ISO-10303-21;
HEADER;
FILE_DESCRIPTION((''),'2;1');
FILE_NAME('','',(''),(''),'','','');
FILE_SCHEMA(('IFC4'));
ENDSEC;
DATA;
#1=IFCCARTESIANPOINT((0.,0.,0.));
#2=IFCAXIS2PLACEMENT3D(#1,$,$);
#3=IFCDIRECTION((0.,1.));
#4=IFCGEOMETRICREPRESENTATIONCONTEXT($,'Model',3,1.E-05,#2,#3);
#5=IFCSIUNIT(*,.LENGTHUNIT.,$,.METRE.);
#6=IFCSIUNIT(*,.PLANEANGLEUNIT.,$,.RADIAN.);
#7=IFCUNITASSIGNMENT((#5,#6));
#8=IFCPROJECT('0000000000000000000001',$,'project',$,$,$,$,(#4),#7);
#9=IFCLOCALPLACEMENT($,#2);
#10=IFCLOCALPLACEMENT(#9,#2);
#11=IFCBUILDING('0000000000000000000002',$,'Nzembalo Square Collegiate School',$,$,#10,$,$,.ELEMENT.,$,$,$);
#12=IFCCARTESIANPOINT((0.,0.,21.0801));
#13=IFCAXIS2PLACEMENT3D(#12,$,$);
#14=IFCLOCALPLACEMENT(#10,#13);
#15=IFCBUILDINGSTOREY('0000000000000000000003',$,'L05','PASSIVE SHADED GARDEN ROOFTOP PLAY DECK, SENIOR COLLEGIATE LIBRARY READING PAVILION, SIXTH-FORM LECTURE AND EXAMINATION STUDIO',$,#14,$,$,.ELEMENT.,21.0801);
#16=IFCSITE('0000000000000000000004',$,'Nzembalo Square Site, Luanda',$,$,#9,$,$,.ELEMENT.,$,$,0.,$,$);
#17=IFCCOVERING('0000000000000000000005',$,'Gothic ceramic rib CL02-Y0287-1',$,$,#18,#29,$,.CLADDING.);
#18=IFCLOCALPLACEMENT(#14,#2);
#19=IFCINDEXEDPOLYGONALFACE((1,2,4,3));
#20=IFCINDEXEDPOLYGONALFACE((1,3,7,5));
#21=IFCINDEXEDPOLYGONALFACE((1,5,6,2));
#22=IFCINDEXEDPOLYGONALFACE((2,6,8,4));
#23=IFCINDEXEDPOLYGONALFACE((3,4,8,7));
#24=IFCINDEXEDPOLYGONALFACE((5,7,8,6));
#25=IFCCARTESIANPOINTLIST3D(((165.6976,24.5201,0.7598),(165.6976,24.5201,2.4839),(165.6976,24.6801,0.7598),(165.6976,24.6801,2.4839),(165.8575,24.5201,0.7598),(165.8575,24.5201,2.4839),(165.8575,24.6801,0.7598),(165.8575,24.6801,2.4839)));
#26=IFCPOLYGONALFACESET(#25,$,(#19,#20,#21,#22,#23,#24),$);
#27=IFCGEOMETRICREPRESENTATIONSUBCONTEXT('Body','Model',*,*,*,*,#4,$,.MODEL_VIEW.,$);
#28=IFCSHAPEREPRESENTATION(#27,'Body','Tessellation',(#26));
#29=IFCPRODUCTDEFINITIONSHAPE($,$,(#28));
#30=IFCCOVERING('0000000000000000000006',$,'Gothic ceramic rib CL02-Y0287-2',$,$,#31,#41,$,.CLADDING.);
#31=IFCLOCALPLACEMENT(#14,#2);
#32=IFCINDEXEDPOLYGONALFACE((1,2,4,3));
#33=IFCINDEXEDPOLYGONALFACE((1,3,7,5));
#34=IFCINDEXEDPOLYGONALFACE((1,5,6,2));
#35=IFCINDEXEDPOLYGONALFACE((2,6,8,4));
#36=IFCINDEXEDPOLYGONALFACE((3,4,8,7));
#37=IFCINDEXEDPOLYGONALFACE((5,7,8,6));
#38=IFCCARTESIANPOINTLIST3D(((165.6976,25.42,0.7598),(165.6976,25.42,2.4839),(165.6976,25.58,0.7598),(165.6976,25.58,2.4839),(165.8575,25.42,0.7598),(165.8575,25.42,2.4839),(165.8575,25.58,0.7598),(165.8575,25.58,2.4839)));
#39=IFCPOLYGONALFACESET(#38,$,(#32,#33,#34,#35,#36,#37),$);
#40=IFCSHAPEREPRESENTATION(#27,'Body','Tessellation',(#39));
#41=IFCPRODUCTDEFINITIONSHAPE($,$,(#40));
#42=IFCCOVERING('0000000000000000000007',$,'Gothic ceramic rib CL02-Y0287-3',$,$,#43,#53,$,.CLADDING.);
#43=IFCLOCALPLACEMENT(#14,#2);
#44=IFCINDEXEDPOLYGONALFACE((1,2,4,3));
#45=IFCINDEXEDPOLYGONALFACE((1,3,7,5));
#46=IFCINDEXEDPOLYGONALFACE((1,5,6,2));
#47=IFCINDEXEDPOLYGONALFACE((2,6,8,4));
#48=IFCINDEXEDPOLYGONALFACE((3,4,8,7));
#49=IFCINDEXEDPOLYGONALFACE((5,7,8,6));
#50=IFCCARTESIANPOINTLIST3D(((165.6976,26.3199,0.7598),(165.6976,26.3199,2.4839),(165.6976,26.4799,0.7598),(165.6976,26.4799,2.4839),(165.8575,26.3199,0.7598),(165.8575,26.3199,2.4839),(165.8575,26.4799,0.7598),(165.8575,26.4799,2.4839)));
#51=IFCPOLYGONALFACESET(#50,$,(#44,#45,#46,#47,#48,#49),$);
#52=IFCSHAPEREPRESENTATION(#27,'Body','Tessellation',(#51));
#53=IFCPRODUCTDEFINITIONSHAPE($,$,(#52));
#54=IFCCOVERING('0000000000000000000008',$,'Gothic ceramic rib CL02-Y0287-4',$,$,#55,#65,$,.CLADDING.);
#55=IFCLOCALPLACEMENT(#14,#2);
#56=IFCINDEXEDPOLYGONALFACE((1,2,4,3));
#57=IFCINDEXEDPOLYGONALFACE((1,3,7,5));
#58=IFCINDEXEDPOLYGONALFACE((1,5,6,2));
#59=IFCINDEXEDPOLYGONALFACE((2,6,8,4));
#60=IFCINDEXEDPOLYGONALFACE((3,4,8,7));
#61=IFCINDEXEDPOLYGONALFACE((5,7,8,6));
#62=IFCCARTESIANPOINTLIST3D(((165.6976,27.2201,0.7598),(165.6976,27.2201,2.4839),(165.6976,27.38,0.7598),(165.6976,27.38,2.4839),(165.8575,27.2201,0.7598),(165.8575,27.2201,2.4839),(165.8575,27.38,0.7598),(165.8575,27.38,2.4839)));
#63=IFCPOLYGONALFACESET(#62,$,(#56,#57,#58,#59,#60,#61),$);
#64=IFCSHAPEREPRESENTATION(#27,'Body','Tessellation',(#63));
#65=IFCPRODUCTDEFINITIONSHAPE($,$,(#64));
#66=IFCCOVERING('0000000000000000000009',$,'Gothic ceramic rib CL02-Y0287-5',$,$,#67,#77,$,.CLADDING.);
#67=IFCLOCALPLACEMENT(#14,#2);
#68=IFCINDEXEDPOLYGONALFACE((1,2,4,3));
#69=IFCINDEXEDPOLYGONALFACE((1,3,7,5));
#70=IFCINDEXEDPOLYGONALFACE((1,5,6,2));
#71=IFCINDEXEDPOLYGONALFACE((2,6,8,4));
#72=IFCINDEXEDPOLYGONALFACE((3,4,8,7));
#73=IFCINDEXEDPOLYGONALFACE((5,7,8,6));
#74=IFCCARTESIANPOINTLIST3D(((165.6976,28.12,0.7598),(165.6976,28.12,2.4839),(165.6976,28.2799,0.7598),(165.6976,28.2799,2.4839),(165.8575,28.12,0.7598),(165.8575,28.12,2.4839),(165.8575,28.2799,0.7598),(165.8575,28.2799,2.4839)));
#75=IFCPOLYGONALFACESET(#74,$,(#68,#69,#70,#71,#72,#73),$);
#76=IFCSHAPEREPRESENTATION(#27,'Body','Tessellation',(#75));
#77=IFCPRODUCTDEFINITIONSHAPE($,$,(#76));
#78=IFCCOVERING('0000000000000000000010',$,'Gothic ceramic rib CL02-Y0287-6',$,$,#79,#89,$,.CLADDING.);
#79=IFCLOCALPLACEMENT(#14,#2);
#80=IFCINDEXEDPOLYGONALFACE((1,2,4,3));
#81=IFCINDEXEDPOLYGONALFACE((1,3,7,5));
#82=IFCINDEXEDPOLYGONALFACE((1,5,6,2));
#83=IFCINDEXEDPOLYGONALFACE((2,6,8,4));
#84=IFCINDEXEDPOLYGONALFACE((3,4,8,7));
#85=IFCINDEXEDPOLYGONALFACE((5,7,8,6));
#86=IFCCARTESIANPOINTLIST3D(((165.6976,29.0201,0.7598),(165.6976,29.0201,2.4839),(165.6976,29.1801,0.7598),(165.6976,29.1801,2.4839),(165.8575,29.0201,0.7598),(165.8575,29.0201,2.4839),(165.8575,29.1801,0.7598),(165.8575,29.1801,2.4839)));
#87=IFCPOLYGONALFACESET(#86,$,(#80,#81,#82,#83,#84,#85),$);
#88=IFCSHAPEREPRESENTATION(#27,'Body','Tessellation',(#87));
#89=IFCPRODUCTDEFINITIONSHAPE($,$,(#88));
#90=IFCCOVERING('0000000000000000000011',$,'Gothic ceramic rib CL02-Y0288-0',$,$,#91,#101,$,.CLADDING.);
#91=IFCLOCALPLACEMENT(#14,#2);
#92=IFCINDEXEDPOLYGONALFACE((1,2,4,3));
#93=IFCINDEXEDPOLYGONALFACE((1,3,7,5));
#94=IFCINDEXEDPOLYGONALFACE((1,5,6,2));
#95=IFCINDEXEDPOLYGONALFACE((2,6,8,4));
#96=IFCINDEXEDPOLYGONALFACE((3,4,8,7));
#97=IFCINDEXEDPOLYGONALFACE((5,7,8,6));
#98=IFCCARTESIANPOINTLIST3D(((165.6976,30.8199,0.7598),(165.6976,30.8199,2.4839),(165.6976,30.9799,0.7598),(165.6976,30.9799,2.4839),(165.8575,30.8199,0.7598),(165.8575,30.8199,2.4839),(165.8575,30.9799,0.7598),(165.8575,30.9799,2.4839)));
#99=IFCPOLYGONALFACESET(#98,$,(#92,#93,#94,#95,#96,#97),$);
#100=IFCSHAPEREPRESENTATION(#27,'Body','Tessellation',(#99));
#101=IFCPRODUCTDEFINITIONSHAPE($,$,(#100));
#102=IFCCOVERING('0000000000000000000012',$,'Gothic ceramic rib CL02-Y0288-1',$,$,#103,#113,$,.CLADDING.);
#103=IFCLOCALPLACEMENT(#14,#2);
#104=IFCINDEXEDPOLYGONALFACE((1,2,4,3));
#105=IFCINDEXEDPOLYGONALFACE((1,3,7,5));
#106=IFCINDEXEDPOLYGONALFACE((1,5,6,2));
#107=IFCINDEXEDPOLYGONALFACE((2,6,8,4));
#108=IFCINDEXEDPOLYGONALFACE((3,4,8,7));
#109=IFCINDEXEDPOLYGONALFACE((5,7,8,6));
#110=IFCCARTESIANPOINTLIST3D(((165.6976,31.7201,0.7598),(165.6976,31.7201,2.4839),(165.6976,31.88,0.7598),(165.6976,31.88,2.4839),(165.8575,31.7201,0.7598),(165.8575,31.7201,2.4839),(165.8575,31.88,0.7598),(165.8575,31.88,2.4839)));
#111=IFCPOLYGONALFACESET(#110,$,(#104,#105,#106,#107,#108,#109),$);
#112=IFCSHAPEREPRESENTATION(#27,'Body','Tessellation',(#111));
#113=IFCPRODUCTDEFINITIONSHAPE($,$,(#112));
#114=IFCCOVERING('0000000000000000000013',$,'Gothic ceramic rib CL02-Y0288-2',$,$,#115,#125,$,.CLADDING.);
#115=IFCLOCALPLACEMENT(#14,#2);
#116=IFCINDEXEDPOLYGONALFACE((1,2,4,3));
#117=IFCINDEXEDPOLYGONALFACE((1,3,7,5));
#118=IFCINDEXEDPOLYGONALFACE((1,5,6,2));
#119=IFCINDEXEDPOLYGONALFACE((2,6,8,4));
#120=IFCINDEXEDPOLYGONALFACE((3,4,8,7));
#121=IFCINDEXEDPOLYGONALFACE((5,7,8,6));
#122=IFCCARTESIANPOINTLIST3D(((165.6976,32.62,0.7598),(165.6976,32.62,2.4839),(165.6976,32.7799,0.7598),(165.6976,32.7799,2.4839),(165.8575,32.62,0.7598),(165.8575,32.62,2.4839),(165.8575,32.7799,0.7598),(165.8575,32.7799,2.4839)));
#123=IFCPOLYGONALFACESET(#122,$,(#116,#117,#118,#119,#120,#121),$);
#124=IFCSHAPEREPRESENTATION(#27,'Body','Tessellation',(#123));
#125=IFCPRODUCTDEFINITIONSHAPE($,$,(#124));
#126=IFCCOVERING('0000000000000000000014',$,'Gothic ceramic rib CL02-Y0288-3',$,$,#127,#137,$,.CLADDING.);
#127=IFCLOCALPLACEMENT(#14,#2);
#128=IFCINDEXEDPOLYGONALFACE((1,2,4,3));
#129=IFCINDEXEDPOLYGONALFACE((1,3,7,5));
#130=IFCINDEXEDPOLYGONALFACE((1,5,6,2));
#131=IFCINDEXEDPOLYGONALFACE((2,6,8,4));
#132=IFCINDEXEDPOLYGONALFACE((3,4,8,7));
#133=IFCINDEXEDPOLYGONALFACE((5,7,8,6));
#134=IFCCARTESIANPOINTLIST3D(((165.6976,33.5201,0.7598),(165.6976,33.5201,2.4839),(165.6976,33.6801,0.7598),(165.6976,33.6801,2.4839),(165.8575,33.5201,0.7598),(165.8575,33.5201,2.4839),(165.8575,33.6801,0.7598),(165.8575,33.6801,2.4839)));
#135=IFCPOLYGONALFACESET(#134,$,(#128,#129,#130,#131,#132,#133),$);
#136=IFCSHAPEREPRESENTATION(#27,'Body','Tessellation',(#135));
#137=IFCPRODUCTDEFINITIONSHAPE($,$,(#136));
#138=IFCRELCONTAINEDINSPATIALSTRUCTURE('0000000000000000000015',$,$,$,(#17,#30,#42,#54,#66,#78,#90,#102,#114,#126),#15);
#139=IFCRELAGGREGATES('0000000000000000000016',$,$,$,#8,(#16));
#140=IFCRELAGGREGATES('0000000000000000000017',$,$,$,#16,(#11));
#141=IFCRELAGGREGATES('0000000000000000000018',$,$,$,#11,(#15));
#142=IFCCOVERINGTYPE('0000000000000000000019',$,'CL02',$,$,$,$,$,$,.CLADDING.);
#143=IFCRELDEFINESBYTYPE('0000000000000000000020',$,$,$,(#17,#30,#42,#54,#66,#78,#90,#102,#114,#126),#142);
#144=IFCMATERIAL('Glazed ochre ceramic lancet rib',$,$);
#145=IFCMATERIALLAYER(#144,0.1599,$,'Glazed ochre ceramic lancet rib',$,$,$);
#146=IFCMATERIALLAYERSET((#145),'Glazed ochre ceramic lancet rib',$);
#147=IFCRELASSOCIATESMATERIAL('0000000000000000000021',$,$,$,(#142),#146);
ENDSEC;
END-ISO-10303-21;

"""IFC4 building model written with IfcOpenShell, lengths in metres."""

from ifc_helpers import new_model, si_unit, direction, frame, origin, origin_2d, place, context, subcontext, project, spatial, rectangle, extrude, material, layer, layer_set, type_object, element, save


model = new_model("IFC4")

# Units and contexts
model_context = context("Model", 3, precision=1e-05, world=origin(), true_north=direction((0.0, 1.0)))
body_context = subcontext(model_context, "Body", "Model", "MODEL_VIEW")
ifc_project = project(units=[si_unit("LENGTHUNIT", "METRE"), si_unit("PLANEANGLEUNIT", "RADIAN")], contexts=[model_context])

# Site, building, storey
site_placement = place(None, origin())
site = spatial("IfcSite", under=ifc_project, at=site_placement, Name="Nzembalo Square Site, Luanda", CompositionType="ELEMENT", RefElevation=0.0)
building_placement = place(site_placement, origin())
building = spatial("IfcBuilding", under=site, at=building_placement, Name="Nzembalo Square Collegiate School", CompositionType="ELEMENT")
storey_placement = place(building_placement, frame((0.0, 0.0, 21.0801)))
storey = spatial("IfcBuildingStorey", under=building, at=storey_placement, Name="L05", Description="PASSIVE SHADED GARDEN ROOFTOP PLAY DECK, SENIOR COLLEGIATE LIBRARY READING PAVILION, SIXTH-FORM LECTURE AND EXAMINATION STUDIO", CompositionType="ELEMENT", Elevation=21.0801)

# Coverings
ifc_material_1 = material(Name="Glazed ochre ceramic lancet rib")
ifc_layer_1 = layer(ifc_material_1, 0.1599, Name="Glazed ochre ceramic lancet rib")
ifc_layer_set_1 = layer_set([ifc_layer_1], Name="Glazed ochre ceramic lancet rib")
covering_type_1 = type_object("IfcCoveringType", Name="CL02", PredefinedType="CLADDING", material=ifc_layer_set_1)
for number, where, z_axis, x_axis, name in (
    (1, (165.7776, 24.6001, 0.7598), (0.0, 0.0, 1.0), (1.0, 0.0, 0.0), "Gothic ceramic rib CL02-Y0287-1"),
    (2, (165.7776, 25.5, 0.7598), (0.0, 0.0, 1.0), (1.0, 0.0, 0.0), "Gothic ceramic rib CL02-Y0287-2"),
    (3, (165.7776, 26.3999, 0.7598), (0.0, 0.0, 1.0), (1.0, 0.0, 0.0), "Gothic ceramic rib CL02-Y0287-3"),
    (4, (165.7776, 27.3, 0.7598), (0.0, 0.0, 1.0), (1.0, 0.0, 0.0), "Gothic ceramic rib CL02-Y0287-4"),
    (5, (165.7776, 28.2, 0.7598), (0.0, 0.0, 1.0), (1.0, 0.0, 0.0), "Gothic ceramic rib CL02-Y0287-5"),
    (6, (165.7776, 29.1001, 0.7598), (0.0, 0.0, 1.0), (1.0, 0.0, 0.0), "Gothic ceramic rib CL02-Y0287-6"),
    (7, (165.7776, 30.8999, 0.7598), (0.0, 0.0, 1.0), (1.0, 0.0, 0.0), "Gothic ceramic rib CL02-Y0288-0"),
    (8, (165.7776, 31.8, 0.7598), (0.0, 0.0, 1.0), (1.0, 0.0, 0.0), "Gothic ceramic rib CL02-Y0288-1"),
    (9, (165.7776, 32.7, 0.7598), (0.0, 0.0, 1.0), (1.0, 0.0, 0.0), "Gothic ceramic rib CL02-Y0288-2"),
    (10, (165.7776, 33.6001, 0.7598), (0.0, 0.0, 1.0), (1.0, 0.0, 0.0), "Gothic ceramic rib CL02-Y0288-3"),
):
    element("IfcCovering", number, at=place(storey_placement, frame(where, z_axis=z_axis, x_axis=x_axis)), inside=storey, type_object=covering_type_1, Name=name, PredefinedType="CLADDING", context=body_context, shape_type="SweptSolid", body=[
        extrude(rectangle(XDim=0.1599, YDim=0.1599, at=origin_2d()), origin(), (0.0, 0.0, 1.0), 1.7241),
    ])

save(model, "model.ifc")
